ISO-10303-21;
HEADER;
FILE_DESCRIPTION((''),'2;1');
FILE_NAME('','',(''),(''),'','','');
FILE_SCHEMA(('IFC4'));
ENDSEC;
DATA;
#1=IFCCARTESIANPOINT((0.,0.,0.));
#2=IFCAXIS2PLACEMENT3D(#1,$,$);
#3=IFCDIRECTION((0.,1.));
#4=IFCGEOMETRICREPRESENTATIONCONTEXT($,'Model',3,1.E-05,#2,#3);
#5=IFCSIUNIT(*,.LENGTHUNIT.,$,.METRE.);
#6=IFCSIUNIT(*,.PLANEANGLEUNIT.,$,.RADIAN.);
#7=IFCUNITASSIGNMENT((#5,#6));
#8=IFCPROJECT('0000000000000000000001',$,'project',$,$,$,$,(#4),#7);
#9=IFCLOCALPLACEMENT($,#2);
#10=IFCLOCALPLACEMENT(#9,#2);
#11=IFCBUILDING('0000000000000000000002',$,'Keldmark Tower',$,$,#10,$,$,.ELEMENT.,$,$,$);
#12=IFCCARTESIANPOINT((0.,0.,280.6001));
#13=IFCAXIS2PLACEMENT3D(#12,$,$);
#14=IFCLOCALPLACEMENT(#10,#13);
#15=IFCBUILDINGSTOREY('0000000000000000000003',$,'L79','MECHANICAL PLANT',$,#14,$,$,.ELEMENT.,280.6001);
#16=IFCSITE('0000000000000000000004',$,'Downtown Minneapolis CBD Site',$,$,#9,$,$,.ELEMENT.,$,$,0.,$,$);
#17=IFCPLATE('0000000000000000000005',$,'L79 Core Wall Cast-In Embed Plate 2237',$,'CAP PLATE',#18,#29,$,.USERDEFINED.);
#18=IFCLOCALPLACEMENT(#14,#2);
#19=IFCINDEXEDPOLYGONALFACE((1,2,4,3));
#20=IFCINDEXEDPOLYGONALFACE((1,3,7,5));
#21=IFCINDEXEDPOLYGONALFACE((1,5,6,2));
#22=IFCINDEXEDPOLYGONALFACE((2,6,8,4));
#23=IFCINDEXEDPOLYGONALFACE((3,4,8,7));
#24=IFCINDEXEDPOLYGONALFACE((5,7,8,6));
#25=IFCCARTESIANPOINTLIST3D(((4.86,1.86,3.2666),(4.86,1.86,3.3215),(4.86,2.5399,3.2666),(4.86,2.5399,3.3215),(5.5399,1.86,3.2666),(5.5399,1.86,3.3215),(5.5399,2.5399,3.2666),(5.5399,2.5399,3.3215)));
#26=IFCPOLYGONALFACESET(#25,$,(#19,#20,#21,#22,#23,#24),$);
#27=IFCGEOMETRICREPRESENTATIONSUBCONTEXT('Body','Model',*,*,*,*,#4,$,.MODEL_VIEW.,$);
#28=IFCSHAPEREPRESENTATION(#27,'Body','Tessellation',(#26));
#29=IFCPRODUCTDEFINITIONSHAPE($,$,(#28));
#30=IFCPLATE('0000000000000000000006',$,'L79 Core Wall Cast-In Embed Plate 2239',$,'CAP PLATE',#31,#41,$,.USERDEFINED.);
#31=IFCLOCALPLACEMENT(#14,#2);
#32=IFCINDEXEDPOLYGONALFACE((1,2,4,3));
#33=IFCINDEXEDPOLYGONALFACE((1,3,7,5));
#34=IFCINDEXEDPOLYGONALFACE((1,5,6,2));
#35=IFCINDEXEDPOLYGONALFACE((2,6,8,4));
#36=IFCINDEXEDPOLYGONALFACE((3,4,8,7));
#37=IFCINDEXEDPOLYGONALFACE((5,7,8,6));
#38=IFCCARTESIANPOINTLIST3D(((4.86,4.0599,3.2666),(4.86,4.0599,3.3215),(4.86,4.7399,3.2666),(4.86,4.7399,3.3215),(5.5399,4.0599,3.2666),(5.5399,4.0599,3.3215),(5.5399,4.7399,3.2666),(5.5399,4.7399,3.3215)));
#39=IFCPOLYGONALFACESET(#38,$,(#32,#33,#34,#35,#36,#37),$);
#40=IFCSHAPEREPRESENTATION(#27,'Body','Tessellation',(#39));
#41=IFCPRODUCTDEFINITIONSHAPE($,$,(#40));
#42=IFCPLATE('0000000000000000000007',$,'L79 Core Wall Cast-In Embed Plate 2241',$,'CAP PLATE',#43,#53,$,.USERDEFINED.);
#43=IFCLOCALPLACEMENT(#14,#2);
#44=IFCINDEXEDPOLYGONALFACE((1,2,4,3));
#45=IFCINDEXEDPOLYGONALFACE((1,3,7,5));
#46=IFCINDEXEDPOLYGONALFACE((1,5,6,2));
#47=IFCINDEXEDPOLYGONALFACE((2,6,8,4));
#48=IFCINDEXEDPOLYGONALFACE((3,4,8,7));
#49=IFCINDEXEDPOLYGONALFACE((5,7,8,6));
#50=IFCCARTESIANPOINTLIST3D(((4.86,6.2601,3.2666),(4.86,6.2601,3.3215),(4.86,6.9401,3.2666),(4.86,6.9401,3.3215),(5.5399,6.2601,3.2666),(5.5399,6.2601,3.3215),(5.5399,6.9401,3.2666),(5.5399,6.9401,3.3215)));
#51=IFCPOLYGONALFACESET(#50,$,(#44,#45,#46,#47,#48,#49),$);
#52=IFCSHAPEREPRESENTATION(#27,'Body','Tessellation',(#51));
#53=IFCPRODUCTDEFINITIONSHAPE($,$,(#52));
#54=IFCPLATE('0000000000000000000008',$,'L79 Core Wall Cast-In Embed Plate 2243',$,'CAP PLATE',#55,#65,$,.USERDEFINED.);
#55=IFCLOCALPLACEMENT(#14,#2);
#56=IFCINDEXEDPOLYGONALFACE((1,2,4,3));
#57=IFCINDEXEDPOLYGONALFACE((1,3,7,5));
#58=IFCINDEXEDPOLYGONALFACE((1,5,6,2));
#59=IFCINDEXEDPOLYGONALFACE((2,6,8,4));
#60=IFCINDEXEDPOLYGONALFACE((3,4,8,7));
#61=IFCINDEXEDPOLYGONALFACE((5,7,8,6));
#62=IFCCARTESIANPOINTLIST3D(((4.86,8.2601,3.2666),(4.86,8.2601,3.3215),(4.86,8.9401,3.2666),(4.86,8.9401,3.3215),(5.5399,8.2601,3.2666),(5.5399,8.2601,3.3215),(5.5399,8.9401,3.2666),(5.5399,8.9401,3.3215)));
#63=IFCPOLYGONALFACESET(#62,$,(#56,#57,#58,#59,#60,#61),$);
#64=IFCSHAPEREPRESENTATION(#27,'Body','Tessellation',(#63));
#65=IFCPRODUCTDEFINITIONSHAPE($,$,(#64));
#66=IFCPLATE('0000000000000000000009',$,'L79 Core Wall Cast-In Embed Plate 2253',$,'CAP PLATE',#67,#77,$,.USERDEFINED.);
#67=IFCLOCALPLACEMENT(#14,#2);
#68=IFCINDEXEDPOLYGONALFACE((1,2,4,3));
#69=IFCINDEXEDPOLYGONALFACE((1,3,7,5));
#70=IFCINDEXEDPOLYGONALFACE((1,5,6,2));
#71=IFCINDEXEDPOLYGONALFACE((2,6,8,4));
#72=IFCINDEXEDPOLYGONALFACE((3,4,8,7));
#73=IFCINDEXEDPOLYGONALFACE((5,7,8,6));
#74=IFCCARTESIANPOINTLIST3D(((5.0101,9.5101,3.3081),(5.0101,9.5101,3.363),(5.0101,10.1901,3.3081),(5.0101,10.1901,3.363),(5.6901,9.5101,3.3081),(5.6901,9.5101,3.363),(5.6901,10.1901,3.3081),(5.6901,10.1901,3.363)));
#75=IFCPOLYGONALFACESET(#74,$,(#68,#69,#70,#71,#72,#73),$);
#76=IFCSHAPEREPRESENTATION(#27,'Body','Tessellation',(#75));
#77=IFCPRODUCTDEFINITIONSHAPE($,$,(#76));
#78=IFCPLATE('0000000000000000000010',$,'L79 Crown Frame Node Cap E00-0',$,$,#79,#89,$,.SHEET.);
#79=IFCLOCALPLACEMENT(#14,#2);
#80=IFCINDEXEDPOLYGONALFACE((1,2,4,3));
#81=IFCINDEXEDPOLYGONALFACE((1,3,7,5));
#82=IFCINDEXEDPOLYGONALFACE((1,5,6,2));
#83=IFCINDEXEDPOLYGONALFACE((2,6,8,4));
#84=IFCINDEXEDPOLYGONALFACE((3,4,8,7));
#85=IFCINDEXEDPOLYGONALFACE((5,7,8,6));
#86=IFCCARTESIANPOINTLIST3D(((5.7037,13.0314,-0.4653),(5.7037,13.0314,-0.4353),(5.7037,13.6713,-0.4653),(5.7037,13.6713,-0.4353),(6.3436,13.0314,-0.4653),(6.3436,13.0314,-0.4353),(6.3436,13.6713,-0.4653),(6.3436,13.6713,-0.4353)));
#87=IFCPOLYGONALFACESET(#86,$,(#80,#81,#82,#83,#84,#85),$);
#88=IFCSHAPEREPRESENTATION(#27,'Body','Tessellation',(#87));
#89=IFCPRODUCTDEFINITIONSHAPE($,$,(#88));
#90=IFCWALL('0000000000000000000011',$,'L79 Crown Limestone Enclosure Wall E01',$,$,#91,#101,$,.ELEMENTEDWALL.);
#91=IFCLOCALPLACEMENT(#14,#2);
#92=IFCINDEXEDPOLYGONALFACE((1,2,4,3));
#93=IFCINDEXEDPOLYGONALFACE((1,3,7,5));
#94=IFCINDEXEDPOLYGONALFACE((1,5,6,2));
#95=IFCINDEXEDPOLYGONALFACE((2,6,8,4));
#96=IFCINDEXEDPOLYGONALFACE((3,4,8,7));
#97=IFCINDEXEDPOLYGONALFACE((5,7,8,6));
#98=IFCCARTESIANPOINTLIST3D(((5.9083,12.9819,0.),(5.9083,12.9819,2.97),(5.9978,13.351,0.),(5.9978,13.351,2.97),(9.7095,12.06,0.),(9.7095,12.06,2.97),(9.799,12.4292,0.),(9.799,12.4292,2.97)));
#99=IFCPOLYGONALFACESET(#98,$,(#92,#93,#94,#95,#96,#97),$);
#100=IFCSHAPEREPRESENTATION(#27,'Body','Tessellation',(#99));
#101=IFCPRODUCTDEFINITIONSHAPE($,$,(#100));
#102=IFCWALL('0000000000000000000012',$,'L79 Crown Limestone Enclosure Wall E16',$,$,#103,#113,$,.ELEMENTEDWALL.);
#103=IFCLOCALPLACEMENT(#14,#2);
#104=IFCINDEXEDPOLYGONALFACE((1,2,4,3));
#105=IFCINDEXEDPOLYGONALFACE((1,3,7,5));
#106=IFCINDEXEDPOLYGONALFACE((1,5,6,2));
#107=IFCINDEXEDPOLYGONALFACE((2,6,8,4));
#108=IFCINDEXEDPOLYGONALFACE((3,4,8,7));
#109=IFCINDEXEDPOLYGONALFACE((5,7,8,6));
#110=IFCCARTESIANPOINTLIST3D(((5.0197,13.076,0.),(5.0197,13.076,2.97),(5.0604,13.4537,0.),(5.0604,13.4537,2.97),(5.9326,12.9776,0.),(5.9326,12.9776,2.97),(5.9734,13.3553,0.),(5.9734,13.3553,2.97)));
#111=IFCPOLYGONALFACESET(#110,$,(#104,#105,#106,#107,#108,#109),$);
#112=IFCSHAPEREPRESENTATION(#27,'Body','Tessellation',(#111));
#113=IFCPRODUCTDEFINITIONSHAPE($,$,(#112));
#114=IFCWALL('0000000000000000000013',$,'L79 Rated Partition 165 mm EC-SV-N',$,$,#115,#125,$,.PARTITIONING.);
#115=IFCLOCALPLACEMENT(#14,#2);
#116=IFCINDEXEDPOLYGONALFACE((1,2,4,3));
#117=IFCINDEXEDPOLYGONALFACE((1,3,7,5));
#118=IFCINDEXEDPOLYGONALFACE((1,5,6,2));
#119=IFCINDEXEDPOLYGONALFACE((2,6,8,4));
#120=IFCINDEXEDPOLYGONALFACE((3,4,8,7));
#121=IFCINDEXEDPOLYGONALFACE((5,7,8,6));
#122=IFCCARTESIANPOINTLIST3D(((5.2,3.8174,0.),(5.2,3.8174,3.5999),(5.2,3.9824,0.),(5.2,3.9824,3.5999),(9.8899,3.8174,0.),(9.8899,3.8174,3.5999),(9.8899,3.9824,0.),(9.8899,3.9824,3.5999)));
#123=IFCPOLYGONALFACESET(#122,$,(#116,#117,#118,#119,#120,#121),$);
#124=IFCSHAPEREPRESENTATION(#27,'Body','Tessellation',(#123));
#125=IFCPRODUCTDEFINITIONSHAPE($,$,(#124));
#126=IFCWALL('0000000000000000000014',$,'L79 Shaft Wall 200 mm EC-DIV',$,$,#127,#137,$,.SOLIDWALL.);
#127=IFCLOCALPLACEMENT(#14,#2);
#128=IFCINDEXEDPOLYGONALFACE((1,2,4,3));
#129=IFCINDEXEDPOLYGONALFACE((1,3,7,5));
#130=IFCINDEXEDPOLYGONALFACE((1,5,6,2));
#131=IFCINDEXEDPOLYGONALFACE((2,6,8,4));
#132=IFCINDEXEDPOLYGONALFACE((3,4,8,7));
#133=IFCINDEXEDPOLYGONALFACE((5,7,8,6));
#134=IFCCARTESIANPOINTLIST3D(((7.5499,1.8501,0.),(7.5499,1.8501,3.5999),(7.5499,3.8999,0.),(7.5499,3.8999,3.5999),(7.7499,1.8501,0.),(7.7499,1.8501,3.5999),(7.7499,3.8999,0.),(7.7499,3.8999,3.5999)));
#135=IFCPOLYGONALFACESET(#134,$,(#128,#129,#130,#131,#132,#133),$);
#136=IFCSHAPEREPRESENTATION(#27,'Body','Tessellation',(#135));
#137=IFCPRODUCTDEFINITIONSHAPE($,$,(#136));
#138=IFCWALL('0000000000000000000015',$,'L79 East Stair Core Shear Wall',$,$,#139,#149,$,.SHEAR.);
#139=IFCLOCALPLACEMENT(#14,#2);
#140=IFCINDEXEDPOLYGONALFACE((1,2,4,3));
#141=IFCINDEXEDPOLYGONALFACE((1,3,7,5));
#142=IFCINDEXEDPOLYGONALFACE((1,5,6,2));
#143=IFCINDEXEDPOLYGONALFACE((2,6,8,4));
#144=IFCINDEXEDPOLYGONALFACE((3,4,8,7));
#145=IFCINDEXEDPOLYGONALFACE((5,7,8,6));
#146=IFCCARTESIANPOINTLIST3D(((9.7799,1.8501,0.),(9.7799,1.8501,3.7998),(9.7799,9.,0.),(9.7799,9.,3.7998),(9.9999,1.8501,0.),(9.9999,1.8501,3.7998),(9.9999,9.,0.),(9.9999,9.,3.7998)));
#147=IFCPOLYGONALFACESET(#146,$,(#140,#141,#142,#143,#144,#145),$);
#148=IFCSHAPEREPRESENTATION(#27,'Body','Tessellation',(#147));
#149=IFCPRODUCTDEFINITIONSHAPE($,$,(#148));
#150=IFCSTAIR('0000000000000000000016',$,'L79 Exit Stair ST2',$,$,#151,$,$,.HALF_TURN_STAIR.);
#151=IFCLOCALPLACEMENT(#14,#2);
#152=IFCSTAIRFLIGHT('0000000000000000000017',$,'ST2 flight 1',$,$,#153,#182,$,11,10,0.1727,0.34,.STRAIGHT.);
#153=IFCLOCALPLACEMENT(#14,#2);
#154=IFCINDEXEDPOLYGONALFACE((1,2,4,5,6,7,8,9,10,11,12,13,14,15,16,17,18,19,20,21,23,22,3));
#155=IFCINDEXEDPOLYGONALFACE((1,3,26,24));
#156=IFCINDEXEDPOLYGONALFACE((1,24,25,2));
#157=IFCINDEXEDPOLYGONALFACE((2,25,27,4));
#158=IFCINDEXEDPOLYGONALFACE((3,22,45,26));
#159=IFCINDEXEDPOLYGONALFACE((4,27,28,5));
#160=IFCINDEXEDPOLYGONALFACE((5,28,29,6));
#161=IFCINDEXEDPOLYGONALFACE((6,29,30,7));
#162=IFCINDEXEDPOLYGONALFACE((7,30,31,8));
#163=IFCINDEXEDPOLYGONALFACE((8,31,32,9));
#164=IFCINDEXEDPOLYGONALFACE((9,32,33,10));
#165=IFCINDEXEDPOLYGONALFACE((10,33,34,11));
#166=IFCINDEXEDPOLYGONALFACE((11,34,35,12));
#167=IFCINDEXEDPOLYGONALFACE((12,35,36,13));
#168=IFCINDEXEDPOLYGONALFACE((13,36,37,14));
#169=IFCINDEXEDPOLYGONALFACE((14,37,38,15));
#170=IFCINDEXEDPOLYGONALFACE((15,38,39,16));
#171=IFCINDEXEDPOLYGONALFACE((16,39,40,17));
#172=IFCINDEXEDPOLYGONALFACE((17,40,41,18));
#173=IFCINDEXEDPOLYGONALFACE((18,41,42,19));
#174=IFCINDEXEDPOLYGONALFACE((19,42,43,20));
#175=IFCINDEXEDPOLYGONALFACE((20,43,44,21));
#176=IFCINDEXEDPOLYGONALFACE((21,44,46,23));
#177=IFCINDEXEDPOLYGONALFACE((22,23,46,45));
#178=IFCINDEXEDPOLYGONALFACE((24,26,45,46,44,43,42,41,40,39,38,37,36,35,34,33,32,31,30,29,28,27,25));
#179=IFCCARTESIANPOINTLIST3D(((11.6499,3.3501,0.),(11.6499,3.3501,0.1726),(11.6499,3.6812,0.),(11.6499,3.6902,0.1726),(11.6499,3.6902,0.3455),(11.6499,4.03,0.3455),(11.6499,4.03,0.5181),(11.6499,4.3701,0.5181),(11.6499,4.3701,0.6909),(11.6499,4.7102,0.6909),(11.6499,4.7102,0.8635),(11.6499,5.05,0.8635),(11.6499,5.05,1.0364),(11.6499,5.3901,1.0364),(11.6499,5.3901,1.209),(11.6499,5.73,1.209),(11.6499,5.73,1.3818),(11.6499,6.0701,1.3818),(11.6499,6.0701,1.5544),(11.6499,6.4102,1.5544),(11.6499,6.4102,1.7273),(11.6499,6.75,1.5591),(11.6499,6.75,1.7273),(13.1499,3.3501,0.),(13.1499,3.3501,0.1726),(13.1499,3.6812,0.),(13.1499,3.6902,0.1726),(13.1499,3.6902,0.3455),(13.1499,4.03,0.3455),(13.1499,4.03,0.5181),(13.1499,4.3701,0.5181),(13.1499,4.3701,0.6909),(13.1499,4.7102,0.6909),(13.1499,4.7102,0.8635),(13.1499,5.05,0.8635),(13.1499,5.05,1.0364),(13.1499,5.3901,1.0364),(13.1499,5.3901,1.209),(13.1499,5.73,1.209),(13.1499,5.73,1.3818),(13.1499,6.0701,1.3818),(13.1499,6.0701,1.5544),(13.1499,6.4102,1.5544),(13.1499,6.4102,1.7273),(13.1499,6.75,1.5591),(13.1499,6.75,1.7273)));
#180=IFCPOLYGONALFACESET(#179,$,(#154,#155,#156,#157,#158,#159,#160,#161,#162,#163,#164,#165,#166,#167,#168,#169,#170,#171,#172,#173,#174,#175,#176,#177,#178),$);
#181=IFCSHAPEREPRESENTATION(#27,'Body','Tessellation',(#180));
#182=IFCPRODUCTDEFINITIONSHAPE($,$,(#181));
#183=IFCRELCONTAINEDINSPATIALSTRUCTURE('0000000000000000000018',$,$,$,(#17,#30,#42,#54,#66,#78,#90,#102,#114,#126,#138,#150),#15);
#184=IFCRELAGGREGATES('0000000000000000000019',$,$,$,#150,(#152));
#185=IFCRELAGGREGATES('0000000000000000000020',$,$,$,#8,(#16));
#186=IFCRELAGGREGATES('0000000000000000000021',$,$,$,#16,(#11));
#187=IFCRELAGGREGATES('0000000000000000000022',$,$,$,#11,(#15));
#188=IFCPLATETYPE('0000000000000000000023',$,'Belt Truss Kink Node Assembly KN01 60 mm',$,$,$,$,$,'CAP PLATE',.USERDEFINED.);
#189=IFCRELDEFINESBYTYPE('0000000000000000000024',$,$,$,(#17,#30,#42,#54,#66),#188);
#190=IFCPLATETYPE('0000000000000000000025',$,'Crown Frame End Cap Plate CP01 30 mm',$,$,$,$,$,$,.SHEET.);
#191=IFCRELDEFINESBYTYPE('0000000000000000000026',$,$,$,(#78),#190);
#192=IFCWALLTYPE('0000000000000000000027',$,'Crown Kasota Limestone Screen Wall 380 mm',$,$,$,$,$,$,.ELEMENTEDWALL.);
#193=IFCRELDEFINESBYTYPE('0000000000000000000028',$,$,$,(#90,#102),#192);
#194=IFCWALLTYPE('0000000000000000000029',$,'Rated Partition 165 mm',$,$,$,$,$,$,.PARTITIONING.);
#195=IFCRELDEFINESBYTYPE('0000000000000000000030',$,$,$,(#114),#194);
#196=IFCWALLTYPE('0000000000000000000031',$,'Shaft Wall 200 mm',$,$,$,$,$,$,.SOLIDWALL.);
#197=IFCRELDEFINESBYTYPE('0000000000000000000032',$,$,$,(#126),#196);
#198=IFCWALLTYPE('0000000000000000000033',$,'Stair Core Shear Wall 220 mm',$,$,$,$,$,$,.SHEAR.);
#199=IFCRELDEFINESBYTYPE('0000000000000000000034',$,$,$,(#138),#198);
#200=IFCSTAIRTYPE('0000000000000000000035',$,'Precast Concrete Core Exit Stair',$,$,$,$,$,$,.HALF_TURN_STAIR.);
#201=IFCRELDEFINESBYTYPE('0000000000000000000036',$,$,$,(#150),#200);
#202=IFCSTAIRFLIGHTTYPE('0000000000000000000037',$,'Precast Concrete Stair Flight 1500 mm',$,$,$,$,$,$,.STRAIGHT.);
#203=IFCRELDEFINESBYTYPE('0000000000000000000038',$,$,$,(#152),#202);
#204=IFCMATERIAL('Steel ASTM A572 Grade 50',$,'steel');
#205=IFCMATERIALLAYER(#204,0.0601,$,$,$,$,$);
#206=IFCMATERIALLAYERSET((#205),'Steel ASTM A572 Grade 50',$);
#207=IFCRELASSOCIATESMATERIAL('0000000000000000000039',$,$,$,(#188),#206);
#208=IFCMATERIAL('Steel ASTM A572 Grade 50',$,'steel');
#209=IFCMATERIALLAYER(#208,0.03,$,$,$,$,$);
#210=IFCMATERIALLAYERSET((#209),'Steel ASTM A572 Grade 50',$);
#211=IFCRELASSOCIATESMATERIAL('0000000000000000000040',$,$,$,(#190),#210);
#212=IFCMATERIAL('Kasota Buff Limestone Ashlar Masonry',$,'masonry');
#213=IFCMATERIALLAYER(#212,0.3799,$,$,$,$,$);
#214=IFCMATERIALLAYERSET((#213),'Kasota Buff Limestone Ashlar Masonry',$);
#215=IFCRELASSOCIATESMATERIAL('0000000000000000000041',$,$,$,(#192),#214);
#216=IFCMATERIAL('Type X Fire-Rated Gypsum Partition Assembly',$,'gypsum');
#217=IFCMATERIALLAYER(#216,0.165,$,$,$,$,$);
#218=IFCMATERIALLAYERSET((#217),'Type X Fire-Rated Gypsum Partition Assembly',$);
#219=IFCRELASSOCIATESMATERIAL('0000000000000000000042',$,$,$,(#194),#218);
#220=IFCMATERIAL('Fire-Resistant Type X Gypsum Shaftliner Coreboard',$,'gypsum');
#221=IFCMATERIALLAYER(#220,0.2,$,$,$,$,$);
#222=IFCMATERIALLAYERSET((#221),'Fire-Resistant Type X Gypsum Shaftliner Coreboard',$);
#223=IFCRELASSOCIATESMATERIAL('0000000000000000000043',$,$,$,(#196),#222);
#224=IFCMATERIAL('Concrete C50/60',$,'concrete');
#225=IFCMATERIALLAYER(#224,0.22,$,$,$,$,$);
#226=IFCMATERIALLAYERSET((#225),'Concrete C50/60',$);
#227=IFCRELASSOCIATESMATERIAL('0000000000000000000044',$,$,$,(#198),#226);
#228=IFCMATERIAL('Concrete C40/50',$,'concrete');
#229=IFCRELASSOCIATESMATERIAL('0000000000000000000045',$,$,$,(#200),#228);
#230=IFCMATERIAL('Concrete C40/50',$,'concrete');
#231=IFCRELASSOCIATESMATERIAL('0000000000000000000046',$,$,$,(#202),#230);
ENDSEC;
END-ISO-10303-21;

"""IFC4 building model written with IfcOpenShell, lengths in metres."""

from ifc_helpers import new_model, si_unit, direction, frame, frame_2d, origin, origin_2d, place, context, subcontext, project, spatial, polyline, rectangle, outline, extrude, material, layer, layer_set, type_object, element, aggregate, save


model = new_model("IFC4")

# Units and contexts
model_context = context("Model", 3, precision=1e-05, world=origin(), true_north=direction((0.0, 1.0)))
body_context = subcontext(model_context, "Body", "Model", "MODEL_VIEW")
ifc_project = project(units=[si_unit("LENGTHUNIT", "METRE"), si_unit("PLANEANGLEUNIT", "RADIAN")], contexts=[model_context])

# Site, building, storey
site_placement = place(None, origin())
site = spatial("IfcSite", under=ifc_project, at=site_placement, Name="Downtown Minneapolis CBD Site", CompositionType="ELEMENT", RefElevation=0.0)
building_placement = place(site_placement, origin())
building = spatial("IfcBuilding", under=site, at=building_placement, Name="Keldmark Tower", CompositionType="ELEMENT")
storey_placement = place(building_placement, frame((0.0, 0.0, 280.6001)))
storey = spatial("IfcBuildingStorey", under=building, at=storey_placement, Name="L79", Description="MECHANICAL PLANT", CompositionType="ELEMENT", Elevation=280.6001)

# Plates
ifc_material_1 = material(Name="Steel ASTM A572 Grade 50", Category="steel")
ifc_layer_1 = layer(ifc_material_1, 0.0601)
ifc_layer_set_1 = layer_set([ifc_layer_1], Name="Steel ASTM A572 Grade 50")
plate_type_1 = type_object("IfcPlateType", Name="Belt Truss Kink Node Assembly KN01 60 mm", ElementType="CAP PLATE", PredefinedType="USERDEFINED", material=ifc_layer_set_1)
for number, where, z_axis, x_axis, name in (
    (1, (5.2, 2.2, 3.2666), (0.0, 0.0, 1.0), (1.0, 0.0, 0.0), "L79 Core Wall Cast-In Embed Plate 2237"),
    (2, (5.2, 4.3999, 3.2666), (0.0, 0.0, 1.0), (1.0, 0.0, 0.0), "L79 Core Wall Cast-In Embed Plate 2239"),
    (3, (5.2, 6.6001, 3.2666), (0.0, 0.0, 1.0), (1.0, 0.0, 0.0), "L79 Core Wall Cast-In Embed Plate 2241"),
    (4, (5.2, 8.6001, 3.2666), (0.0, 0.0, 1.0), (1.0, 0.0, 0.0), "L79 Core Wall Cast-In Embed Plate 2243"),
    (5, (5.3501, 9.8501, 3.3081), (0.0, 0.0, 1.0), (1.0, 0.0, 0.0), "L79 Core Wall Cast-In Embed Plate 2253"),
):
    element("IfcPlate", number, at=place(storey_placement, frame(where, z_axis=z_axis, x_axis=x_axis)), inside=storey, type_object=plate_type_1, Name=name, ObjectType="CAP PLATE", PredefinedType="USERDEFINED", context=body_context, shape_type="SweptSolid", body=[
        extrude(rectangle(XDim=0.6799, YDim=0.6799, at=origin_2d()), origin(), (0.0, 0.0, 1.0), 0.0549),
    ])
ifc_material_2 = material(Name="Steel ASTM A572 Grade 50", Category="steel")
ifc_layer_2 = layer(ifc_material_2, 0.03)
ifc_layer_set_2 = layer_set([ifc_layer_2], Name="Steel ASTM A572 Grade 50")
plate_type_2 = type_object("IfcPlateType", Name="Crown Frame End Cap Plate CP01 30 mm", PredefinedType="SHEET", material=ifc_layer_set_2)
plate_placement = place(storey_placement, frame((6.0237, 13.3513, -0.4653), z_axis=(0.0, 0.0, 1.0), x_axis=(1.0, 0.0, 0.0)))
element("IfcPlate", 6, at=plate_placement, inside=storey, type_object=plate_type_2, Name="L79 Crown Frame Node Cap E00-0", PredefinedType="SHEET", context=body_context, shape_type="SweptSolid", body=[
    extrude(rectangle(XDim=0.6399, YDim=0.6399, at=origin_2d()), origin(), (0.0, 0.0, 1.0), 0.03),
])

# Walls
ifc_material_3 = material(Name="Kasota Buff Limestone Ashlar Masonry", Category="masonry")
ifc_layer_3 = layer(ifc_material_3, 0.3799)
ifc_layer_set_3 = layer_set([ifc_layer_3], Name="Kasota Buff Limestone Ashlar Masonry")
wall_type_1 = type_object("IfcWallType", Name="Crown Kasota Limestone Screen Wall 380 mm", PredefinedType="ELEMENTEDWALL", material=ifc_layer_set_3)
wall_1_placement = place(storey_placement, frame((9.7542, 12.2446, 0.0), z_axis=(0.0, 0.0, 1.0), x_axis=(-0.971829, 0.235686, 0.0)))
element("IfcWall", 7, at=wall_1_placement, inside=storey, type_object=wall_type_1, Name="L79 Crown Limestone Enclosure Wall E01", PredefinedType="ELEMENTEDWALL", context=body_context, shape_type="SweptSolid", body=[
    extrude(rectangle(XDim=3.9114, YDim=0.3799, at=frame_2d((1.9556, 0.0))), origin(), (0.0, 0.0, 1.0), 2.97),
])
wall_2_placement = place(storey_placement, frame((5.9529, 13.1665, 0.0), z_axis=(0.0, 0.0, 1.0), x_axis=(-0.994242, 0.107162, 0.0)))
element("IfcWall", 8, at=wall_2_placement, inside=storey, type_object=wall_type_1, Name="L79 Crown Limestone Enclosure Wall E16", PredefinedType="ELEMENTEDWALL", context=body_context, shape_type="SweptSolid", body=[
    extrude(rectangle(XDim=0.9182, YDim=0.3799, at=frame_2d((0.459, 0.0))), origin(), (0.0, 0.0, 1.0), 2.97),
])
ifc_material_4 = material(Name="Type X Fire-Rated Gypsum Partition Assembly", Category="gypsum")
ifc_layer_4 = layer(ifc_material_4, 0.165)
ifc_layer_set_4 = layer_set([ifc_layer_4], Name="Type X Fire-Rated Gypsum Partition Assembly")
wall_type_2 = type_object("IfcWallType", Name="Rated Partition 165 mm", PredefinedType="PARTITIONING", material=ifc_layer_set_4)
wall_3_placement = place(storey_placement, frame((5.2, 3.8999, 0.0), z_axis=(0.0, 0.0, 1.0), x_axis=(1.0, 0.0, 0.0)))
element("IfcWall", 9, at=wall_3_placement, inside=storey, type_object=wall_type_2, Name="L79 Rated Partition 165 mm EC-SV-N", PredefinedType="PARTITIONING", context=body_context, shape_type="SweptSolid", body=[
    extrude(rectangle(XDim=4.6899, YDim=0.165, at=frame_2d((2.345, 0.0))), origin(), (0.0, 0.0, 1.0), 3.5999),
])
ifc_material_5 = material(Name="Fire-Resistant Type X Gypsum Shaftliner Coreboard", Category="gypsum")
ifc_layer_5 = layer(ifc_material_5, 0.2)
ifc_layer_set_5 = layer_set([ifc_layer_5], Name="Fire-Resistant Type X Gypsum Shaftliner Coreboard")
wall_type_3 = type_object("IfcWallType", Name="Shaft Wall 200 mm", PredefinedType="SOLIDWALL", material=ifc_layer_set_5)
wall_4_placement = place(storey_placement, frame((7.6499, 1.8501, 0.0), z_axis=(0.0, 0.0, 1.0), x_axis=(0.0, 1.0, 0.0)))
element("IfcWall", 10, at=wall_4_placement, inside=storey, type_object=wall_type_3, Name="L79 Shaft Wall 200 mm EC-DIV", PredefinedType="SOLIDWALL", context=body_context, shape_type="SweptSolid", body=[
    extrude(rectangle(XDim=2.0498, YDim=0.2, at=frame_2d((1.0249, 0.0))), origin(), (0.0, 0.0, 1.0), 3.5999),
])
ifc_material_6 = material(Name="Concrete C50/60", Category="concrete")
ifc_layer_6 = layer(ifc_material_6, 0.22)
ifc_layer_set_6 = layer_set([ifc_layer_6], Name="Concrete C50/60")
wall_type_4 = type_object("IfcWallType", Name="Stair Core Shear Wall 220 mm", PredefinedType="SHEAR", material=ifc_layer_set_6)
wall_5_placement = place(storey_placement, frame((9.8899, 1.8501, 0.0), z_axis=(0.0, 0.0, 1.0), x_axis=(0.0, 1.0, 0.0)))
element("IfcWall", 11, at=wall_5_placement, inside=storey, type_object=wall_type_4, Name="L79 East Stair Core Shear Wall", PredefinedType="SHEAR", context=body_context, shape_type="SweptSolid", body=[
    extrude(rectangle(XDim=7.1499, YDim=0.22, at=frame_2d((3.575, 0.0))), origin(), (0.0, 0.0, 1.0), 3.7998),
])

# Stair, stair flight
ifc_material_7 = material(Name="Concrete C40/50", Category="concrete")
stair_type = type_object("IfcStairType", Name="Precast Concrete Core Exit Stair", PredefinedType="HALF_TURN_STAIR", material=ifc_material_7)
stair_placement = place(storey_placement, origin())
stair = element("IfcStair", 12, at=stair_placement, inside=storey, type_object=stair_type, Name="L79 Exit Stair ST2", PredefinedType="HALF_TURN_STAIR")
ifc_material_8 = material(Name="Concrete C40/50", Category="concrete")
stair_flight_type = type_object("IfcStairFlightType", Name="Precast Concrete Stair Flight 1500 mm", PredefinedType="STRAIGHT", material=ifc_material_8)
stair_flight_1_placement = place(storey_placement, frame((12.3999, 3.3501, 0.0), z_axis=(0.0, 0.0, 1.0), x_axis=(0.0, 1.0, 0.0)))
stair_flight_1 = element("IfcStairFlight", 13, at=stair_flight_1_placement, type_object=stair_flight_type, Name="ST2 flight 1", NumberOfRisers=11, NumberOfTreads=10, PredefinedType="STRAIGHT", RiserHeight=0.1727, TreadLength=0.34, context=body_context, shape_type="SweptSolid", body=[
    extrude(outline(polyline([(0.0, 0.0), (0.0, 0.1726), (0.3401, 0.1726), (0.3401, 0.3455), (0.6799, 0.3455), (0.6799, 0.5181), (1.02, 0.5181), (1.02, 0.6909), (1.3601, 0.6909), (1.3601, 0.8635), (1.7, 0.8635), (1.7, 1.0364), (2.04, 1.0364), (2.04, 1.209), (2.3799, 1.209), (2.3799, 1.3818), (2.72, 1.3818), (2.72, 1.5544), (3.0601, 1.5544), (3.0601, 1.7273), (3.3999, 1.7273), (3.3999, 1.8999), (3.3999, 1.5591), (0.3311, 0.0), (0.0, 0.0)])), frame((0.0, 0.75, 0.0), z_axis=(0.0, -1.0, 0.0), x_axis=(1.0, 0.0, 0.0)), (0.0, 0.0, 1.0), 1.5),
])
aggregate(stair, [stair_flight_1])

save(model, "model.ifc")
